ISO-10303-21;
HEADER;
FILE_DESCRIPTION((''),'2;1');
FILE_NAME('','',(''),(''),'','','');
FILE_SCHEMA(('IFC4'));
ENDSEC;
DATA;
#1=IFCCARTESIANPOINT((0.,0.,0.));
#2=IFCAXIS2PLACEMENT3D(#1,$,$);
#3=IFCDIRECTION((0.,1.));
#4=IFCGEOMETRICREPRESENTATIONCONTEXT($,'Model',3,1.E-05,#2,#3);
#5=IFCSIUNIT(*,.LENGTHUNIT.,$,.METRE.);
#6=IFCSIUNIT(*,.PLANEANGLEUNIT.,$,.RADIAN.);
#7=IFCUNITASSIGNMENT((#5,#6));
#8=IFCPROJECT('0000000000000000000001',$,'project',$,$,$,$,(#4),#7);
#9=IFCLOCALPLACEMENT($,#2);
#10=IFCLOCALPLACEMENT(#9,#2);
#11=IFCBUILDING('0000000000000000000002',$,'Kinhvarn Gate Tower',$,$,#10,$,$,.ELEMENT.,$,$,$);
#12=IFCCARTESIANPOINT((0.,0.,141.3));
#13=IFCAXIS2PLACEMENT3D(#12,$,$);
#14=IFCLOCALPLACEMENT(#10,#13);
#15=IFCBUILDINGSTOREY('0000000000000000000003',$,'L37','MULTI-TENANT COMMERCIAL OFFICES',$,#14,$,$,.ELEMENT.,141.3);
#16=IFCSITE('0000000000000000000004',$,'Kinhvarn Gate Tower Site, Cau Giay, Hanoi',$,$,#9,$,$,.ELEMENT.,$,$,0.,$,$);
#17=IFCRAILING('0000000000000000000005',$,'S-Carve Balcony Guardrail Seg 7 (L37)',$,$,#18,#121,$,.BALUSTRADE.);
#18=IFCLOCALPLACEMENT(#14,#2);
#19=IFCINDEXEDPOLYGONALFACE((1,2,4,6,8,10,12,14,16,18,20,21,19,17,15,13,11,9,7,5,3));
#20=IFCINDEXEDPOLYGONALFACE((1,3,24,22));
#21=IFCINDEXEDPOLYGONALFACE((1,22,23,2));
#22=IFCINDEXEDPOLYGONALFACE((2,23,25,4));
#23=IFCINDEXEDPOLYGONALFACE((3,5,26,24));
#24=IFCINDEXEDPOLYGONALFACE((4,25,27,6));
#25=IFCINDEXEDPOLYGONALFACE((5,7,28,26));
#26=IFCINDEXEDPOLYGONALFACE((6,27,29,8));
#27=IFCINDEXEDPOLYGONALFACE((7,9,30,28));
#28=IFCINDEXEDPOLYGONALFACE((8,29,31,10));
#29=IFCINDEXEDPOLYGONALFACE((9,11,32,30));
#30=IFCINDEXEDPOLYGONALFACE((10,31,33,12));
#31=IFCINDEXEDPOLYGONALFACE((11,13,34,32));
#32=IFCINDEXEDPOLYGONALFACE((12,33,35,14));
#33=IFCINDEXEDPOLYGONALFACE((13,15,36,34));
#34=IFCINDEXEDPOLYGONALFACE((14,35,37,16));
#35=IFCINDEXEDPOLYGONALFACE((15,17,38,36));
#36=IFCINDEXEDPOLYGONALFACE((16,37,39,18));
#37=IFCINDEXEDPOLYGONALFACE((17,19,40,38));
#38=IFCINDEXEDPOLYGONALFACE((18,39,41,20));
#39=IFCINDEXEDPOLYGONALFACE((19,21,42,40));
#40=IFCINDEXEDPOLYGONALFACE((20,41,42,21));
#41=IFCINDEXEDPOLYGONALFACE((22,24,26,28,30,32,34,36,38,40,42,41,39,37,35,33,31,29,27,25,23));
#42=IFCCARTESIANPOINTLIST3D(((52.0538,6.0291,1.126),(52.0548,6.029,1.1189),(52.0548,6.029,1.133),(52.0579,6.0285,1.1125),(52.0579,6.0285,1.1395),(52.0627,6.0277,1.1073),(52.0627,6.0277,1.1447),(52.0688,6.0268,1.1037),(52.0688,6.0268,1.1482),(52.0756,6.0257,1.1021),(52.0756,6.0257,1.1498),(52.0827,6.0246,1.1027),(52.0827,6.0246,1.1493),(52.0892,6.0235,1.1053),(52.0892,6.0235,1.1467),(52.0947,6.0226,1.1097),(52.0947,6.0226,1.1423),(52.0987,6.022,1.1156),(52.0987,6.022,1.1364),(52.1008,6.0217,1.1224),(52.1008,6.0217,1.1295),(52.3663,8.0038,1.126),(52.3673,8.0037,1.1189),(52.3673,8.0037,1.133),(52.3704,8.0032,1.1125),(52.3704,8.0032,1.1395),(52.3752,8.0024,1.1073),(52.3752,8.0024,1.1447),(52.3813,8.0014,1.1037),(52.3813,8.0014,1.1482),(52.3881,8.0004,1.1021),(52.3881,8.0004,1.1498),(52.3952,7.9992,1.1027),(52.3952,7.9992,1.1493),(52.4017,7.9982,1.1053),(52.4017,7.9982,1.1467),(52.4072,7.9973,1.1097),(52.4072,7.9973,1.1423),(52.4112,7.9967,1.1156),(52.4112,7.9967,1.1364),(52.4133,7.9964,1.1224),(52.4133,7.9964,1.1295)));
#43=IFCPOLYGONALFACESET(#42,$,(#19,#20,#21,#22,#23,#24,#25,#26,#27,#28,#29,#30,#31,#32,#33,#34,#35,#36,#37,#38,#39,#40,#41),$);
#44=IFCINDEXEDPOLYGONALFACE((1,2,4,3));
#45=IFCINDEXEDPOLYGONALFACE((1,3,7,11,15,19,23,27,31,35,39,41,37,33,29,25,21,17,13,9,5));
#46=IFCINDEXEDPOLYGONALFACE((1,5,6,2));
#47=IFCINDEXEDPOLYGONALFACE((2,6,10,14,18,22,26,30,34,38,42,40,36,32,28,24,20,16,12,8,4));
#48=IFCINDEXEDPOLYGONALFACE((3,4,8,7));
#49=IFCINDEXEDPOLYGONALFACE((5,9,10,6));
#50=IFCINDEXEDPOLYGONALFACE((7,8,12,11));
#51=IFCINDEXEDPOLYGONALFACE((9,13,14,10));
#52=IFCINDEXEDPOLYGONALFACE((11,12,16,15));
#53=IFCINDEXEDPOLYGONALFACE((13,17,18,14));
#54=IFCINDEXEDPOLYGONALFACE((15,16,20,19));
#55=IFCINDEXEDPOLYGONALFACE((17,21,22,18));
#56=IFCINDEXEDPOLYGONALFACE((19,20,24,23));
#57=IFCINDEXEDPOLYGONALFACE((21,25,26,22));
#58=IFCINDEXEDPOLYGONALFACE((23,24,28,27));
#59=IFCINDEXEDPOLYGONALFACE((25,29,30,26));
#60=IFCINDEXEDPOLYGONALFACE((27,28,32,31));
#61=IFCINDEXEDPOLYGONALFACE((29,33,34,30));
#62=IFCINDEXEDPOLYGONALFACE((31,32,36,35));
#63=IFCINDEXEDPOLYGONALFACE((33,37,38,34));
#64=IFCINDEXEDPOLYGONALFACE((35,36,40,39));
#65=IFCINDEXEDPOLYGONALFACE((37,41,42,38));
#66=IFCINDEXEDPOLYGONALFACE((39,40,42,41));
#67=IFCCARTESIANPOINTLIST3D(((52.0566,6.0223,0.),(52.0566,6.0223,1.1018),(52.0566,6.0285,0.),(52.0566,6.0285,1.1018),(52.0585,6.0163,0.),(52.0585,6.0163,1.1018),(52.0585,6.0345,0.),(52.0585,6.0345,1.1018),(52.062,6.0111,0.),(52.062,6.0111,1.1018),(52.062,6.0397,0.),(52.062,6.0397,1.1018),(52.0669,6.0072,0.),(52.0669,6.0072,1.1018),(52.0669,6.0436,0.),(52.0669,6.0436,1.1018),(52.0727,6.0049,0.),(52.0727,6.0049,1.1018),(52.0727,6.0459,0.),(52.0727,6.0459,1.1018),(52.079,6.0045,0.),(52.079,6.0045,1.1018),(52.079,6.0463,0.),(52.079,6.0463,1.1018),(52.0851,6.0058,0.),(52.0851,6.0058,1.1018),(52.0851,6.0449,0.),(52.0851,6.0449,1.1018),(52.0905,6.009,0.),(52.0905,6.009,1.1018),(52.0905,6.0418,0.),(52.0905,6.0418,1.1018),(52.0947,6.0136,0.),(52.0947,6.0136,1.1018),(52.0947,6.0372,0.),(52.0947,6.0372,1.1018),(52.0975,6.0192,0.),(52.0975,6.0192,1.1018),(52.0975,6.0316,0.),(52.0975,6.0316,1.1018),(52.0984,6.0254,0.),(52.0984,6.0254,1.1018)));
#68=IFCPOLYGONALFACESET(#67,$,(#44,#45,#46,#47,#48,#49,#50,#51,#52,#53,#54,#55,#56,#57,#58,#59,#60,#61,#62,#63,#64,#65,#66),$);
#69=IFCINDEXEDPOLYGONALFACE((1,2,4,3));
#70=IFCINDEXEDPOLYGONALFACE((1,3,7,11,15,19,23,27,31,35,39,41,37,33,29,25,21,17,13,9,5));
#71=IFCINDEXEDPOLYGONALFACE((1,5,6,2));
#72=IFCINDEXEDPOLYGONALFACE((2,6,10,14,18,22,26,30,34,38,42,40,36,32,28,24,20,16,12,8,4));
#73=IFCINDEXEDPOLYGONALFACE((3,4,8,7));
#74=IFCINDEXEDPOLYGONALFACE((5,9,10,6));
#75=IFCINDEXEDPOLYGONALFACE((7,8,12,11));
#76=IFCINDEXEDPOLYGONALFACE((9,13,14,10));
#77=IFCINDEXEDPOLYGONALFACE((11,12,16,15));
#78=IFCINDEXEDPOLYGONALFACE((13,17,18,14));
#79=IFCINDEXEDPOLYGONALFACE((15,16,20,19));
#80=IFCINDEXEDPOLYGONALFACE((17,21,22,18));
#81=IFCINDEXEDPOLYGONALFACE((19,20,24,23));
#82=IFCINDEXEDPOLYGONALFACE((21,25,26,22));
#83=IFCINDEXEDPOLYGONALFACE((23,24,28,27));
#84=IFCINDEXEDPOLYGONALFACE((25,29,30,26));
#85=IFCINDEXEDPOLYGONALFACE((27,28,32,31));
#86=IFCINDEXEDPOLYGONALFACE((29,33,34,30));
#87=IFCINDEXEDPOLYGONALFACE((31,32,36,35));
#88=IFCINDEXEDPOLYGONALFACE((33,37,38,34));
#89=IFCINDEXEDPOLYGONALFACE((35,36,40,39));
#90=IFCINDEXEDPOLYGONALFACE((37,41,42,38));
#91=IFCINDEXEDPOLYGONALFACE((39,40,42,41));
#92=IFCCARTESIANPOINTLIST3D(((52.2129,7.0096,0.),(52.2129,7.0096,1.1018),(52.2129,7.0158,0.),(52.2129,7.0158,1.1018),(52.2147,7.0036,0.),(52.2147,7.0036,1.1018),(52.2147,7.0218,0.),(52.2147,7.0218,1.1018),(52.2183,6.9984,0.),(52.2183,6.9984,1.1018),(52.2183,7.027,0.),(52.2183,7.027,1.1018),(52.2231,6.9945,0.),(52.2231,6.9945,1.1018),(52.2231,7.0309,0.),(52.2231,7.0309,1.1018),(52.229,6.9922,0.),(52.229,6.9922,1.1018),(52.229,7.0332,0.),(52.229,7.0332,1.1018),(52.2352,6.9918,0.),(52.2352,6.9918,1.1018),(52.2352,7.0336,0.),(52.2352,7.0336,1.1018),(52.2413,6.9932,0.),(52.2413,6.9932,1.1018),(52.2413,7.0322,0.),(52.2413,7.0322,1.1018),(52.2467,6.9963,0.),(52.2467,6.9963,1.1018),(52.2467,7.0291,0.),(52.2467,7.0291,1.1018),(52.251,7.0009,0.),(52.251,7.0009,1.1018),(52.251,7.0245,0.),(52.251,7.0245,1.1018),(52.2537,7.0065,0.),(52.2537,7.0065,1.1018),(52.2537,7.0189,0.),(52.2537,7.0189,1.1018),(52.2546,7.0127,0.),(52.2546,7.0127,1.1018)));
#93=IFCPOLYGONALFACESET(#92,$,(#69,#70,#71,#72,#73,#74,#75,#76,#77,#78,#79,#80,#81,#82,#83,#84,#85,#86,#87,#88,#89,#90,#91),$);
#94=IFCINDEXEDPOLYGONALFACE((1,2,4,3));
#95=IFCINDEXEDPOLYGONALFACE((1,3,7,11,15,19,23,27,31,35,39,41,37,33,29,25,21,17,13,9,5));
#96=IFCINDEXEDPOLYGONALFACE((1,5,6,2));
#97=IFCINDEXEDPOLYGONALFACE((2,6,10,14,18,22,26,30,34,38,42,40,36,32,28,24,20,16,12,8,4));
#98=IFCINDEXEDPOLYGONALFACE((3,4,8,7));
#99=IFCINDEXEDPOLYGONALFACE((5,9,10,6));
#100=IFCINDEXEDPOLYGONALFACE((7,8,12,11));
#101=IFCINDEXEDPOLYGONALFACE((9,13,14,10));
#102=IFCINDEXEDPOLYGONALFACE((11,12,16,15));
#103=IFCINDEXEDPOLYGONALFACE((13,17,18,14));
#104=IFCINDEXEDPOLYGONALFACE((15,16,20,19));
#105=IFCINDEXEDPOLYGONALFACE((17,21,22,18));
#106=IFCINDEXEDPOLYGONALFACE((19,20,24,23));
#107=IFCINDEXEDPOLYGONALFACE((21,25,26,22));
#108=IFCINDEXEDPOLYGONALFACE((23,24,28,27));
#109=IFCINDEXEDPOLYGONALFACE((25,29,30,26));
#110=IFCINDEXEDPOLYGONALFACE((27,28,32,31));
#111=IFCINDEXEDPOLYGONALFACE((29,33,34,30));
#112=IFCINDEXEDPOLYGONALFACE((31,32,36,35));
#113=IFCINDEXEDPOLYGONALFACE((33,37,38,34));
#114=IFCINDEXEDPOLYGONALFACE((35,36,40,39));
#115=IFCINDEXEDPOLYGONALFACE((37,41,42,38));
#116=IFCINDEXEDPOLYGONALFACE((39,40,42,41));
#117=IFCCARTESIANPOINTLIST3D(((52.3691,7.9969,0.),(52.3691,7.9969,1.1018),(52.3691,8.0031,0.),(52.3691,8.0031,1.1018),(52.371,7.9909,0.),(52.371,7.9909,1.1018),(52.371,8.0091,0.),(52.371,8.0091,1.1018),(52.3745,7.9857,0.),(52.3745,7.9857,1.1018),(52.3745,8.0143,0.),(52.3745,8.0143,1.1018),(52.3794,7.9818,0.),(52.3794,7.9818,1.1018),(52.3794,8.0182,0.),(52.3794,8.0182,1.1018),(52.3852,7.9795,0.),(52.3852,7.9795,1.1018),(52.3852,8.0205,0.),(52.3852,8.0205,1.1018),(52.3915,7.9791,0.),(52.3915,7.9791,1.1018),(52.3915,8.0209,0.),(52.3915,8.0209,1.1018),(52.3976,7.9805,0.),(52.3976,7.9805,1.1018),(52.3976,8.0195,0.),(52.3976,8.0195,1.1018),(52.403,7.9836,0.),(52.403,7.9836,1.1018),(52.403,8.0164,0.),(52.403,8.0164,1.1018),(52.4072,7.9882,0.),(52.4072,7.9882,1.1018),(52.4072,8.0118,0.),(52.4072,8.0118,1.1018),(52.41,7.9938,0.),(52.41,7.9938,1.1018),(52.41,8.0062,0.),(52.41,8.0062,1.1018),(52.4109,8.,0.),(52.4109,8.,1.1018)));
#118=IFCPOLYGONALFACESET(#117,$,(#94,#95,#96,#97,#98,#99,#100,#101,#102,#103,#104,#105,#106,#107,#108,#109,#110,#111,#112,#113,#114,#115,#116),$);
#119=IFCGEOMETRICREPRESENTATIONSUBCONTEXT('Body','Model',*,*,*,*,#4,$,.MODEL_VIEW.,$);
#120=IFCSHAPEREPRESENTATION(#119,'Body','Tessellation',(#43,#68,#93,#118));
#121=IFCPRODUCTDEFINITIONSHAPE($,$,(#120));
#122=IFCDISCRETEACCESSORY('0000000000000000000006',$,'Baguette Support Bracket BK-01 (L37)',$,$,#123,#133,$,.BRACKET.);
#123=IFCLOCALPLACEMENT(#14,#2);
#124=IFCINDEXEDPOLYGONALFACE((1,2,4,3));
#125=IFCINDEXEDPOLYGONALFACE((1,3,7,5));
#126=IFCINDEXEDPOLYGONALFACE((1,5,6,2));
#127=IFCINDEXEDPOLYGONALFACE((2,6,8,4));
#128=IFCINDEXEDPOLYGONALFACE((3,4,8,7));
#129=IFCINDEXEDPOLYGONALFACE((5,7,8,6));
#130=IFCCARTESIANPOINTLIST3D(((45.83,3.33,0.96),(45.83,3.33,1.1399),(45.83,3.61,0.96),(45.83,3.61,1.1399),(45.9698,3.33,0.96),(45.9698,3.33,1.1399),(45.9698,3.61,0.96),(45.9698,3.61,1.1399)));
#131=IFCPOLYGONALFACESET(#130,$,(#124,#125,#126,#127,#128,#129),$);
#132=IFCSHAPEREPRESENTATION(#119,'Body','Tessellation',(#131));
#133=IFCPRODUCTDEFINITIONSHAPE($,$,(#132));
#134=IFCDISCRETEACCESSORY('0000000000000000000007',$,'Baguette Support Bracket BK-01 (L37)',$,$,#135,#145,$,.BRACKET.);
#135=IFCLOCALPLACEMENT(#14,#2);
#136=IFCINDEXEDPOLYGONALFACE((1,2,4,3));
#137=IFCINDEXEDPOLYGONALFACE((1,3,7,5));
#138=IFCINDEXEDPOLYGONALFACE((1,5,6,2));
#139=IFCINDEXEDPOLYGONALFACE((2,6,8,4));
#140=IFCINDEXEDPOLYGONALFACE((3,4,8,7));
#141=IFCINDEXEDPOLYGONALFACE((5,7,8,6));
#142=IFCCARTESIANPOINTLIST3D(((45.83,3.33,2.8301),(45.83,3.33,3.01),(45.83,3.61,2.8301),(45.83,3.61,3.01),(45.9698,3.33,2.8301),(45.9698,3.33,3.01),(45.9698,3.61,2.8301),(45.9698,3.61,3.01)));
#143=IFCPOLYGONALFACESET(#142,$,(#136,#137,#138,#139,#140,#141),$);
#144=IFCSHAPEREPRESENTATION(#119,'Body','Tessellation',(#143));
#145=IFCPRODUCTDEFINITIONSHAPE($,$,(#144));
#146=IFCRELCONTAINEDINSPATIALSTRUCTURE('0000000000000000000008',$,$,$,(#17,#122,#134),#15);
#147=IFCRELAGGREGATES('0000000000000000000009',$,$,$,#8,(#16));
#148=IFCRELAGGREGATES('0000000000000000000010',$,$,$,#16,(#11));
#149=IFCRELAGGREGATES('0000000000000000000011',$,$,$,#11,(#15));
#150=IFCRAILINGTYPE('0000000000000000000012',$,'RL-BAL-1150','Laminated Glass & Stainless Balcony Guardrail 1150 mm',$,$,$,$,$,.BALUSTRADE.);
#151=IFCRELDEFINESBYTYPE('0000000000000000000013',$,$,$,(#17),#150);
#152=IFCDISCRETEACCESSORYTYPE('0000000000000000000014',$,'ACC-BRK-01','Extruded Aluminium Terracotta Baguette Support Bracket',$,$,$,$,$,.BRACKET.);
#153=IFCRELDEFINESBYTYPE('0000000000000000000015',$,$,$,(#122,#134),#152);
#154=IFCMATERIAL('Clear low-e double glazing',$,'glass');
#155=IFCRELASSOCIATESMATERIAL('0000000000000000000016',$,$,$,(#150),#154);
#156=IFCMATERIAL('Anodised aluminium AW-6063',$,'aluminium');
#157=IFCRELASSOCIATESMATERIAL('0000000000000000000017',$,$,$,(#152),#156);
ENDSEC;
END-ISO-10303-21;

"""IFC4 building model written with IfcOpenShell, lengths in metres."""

from ifc_helpers import new_model, si_unit, direction, frame, origin, origin_2d, place, context, subcontext, project, spatial, rectangle, circle, extrude, material, type_object, element, save


model = new_model("IFC4")

# Units and contexts
model_context = context("Model", 3, precision=1e-05, world=origin(), true_north=direction((0.0, 1.0)))
body_context = subcontext(model_context, "Body", "Model", "MODEL_VIEW")
ifc_project = project(units=[si_unit("LENGTHUNIT", "METRE"), si_unit("PLANEANGLEUNIT", "RADIAN")], contexts=[model_context])

# Site, building, storey
site_placement = place(None, origin())
site = spatial("IfcSite", under=ifc_project, at=site_placement, Name="Kinhvarn Gate Tower Site, Cau Giay, Hanoi", CompositionType="ELEMENT", RefElevation=0.0)
building_placement = place(site_placement, origin())
building = spatial("IfcBuilding", under=site, at=building_placement, Name="Kinhvarn Gate Tower", CompositionType="ELEMENT")
storey_placement = place(building_placement, frame((0.0, 0.0, 141.3)))
storey = spatial("IfcBuildingStorey", under=building, at=storey_placement, Name="L37", Description="MULTI-TENANT COMMERCIAL OFFICES", CompositionType="ELEMENT", Elevation=141.3)

# Shared definitions
ifc_material_1 = material(Name="Anodised aluminium AW-6063", Category="aluminium")

# Shared definitions
ifc_material_2 = material(Name="Clear low-e double glazing", Category="glass")

# Railing
railing_type = type_object("IfcRailingType", Name="RL-BAL-1150", Description="Laminated Glass & Stainless Balcony Guardrail 1150 mm", PredefinedType="BALUSTRADE", material=ifc_material_2)
railing_1_placement = place(storey_placement, frame((52.0774, 6.0254, 0.0)))
element("IfcRailing", 1, at=railing_1_placement, inside=storey, type_object=railing_type, Name="S-Carve Balcony Guardrail Seg 7 (L37)", PredefinedType="BALUSTRADE", context=body_context, shape_type="SweptSolid", body=[
    extrude(circle(Radius=0.0239, at=origin_2d()), frame((0.0, 0.0, 1.126), z_axis=(0.156314, 0.987707, 0.0), x_axis=(-0.987707, 0.156314, 0.0)), (0.0, 0.0, 1.0), 1.9993),
    extrude(circle(Radius=0.021, at=origin_2d()), origin(), (0.0, 0.0, 1.0), 1.1018),
    extrude(circle(Radius=0.021, at=origin_2d()), frame((0.1562, 0.9873, 0.0)), (0.0, 0.0, 1.0), 1.1018),
    extrude(circle(Radius=0.021, at=origin_2d()), frame((0.3125, 1.9746, 0.0)), (0.0, 0.0, 1.0), 1.1018),
])

# Discrete accessories
discrete_accessory_type = type_object("IfcDiscreteAccessoryType", Name="ACC-BRK-01", Description="Extruded Aluminium Terracotta Baguette Support Bracket", PredefinedType="BRACKET", material=ifc_material_1)
for number, where, z_axis, x_axis, name in (
    (2, (45.8999, 3.47, 0.96), (0.0, 0.0, 1.0), (1.0, 0.0, 0.0), "Baguette Support Bracket BK-01 (L37)"),
    (3, (45.8999, 3.47, 2.8301), (0.0, 0.0, 1.0), (1.0, 0.0, 0.0), "Baguette Support Bracket BK-01 (L37)"),
):
    element("IfcDiscreteAccessory", number, at=place(storey_placement, frame(where, z_axis=z_axis, x_axis=x_axis)), inside=storey, type_object=discrete_accessory_type, Name=name, PredefinedType="BRACKET", context=body_context, shape_type="SweptSolid", body=[
        extrude(rectangle(XDim=0.1399, YDim=0.28, at=origin_2d()), origin(), (0.0, 0.0, 1.0), 0.1799),
    ])

save(model, "model.ifc")
